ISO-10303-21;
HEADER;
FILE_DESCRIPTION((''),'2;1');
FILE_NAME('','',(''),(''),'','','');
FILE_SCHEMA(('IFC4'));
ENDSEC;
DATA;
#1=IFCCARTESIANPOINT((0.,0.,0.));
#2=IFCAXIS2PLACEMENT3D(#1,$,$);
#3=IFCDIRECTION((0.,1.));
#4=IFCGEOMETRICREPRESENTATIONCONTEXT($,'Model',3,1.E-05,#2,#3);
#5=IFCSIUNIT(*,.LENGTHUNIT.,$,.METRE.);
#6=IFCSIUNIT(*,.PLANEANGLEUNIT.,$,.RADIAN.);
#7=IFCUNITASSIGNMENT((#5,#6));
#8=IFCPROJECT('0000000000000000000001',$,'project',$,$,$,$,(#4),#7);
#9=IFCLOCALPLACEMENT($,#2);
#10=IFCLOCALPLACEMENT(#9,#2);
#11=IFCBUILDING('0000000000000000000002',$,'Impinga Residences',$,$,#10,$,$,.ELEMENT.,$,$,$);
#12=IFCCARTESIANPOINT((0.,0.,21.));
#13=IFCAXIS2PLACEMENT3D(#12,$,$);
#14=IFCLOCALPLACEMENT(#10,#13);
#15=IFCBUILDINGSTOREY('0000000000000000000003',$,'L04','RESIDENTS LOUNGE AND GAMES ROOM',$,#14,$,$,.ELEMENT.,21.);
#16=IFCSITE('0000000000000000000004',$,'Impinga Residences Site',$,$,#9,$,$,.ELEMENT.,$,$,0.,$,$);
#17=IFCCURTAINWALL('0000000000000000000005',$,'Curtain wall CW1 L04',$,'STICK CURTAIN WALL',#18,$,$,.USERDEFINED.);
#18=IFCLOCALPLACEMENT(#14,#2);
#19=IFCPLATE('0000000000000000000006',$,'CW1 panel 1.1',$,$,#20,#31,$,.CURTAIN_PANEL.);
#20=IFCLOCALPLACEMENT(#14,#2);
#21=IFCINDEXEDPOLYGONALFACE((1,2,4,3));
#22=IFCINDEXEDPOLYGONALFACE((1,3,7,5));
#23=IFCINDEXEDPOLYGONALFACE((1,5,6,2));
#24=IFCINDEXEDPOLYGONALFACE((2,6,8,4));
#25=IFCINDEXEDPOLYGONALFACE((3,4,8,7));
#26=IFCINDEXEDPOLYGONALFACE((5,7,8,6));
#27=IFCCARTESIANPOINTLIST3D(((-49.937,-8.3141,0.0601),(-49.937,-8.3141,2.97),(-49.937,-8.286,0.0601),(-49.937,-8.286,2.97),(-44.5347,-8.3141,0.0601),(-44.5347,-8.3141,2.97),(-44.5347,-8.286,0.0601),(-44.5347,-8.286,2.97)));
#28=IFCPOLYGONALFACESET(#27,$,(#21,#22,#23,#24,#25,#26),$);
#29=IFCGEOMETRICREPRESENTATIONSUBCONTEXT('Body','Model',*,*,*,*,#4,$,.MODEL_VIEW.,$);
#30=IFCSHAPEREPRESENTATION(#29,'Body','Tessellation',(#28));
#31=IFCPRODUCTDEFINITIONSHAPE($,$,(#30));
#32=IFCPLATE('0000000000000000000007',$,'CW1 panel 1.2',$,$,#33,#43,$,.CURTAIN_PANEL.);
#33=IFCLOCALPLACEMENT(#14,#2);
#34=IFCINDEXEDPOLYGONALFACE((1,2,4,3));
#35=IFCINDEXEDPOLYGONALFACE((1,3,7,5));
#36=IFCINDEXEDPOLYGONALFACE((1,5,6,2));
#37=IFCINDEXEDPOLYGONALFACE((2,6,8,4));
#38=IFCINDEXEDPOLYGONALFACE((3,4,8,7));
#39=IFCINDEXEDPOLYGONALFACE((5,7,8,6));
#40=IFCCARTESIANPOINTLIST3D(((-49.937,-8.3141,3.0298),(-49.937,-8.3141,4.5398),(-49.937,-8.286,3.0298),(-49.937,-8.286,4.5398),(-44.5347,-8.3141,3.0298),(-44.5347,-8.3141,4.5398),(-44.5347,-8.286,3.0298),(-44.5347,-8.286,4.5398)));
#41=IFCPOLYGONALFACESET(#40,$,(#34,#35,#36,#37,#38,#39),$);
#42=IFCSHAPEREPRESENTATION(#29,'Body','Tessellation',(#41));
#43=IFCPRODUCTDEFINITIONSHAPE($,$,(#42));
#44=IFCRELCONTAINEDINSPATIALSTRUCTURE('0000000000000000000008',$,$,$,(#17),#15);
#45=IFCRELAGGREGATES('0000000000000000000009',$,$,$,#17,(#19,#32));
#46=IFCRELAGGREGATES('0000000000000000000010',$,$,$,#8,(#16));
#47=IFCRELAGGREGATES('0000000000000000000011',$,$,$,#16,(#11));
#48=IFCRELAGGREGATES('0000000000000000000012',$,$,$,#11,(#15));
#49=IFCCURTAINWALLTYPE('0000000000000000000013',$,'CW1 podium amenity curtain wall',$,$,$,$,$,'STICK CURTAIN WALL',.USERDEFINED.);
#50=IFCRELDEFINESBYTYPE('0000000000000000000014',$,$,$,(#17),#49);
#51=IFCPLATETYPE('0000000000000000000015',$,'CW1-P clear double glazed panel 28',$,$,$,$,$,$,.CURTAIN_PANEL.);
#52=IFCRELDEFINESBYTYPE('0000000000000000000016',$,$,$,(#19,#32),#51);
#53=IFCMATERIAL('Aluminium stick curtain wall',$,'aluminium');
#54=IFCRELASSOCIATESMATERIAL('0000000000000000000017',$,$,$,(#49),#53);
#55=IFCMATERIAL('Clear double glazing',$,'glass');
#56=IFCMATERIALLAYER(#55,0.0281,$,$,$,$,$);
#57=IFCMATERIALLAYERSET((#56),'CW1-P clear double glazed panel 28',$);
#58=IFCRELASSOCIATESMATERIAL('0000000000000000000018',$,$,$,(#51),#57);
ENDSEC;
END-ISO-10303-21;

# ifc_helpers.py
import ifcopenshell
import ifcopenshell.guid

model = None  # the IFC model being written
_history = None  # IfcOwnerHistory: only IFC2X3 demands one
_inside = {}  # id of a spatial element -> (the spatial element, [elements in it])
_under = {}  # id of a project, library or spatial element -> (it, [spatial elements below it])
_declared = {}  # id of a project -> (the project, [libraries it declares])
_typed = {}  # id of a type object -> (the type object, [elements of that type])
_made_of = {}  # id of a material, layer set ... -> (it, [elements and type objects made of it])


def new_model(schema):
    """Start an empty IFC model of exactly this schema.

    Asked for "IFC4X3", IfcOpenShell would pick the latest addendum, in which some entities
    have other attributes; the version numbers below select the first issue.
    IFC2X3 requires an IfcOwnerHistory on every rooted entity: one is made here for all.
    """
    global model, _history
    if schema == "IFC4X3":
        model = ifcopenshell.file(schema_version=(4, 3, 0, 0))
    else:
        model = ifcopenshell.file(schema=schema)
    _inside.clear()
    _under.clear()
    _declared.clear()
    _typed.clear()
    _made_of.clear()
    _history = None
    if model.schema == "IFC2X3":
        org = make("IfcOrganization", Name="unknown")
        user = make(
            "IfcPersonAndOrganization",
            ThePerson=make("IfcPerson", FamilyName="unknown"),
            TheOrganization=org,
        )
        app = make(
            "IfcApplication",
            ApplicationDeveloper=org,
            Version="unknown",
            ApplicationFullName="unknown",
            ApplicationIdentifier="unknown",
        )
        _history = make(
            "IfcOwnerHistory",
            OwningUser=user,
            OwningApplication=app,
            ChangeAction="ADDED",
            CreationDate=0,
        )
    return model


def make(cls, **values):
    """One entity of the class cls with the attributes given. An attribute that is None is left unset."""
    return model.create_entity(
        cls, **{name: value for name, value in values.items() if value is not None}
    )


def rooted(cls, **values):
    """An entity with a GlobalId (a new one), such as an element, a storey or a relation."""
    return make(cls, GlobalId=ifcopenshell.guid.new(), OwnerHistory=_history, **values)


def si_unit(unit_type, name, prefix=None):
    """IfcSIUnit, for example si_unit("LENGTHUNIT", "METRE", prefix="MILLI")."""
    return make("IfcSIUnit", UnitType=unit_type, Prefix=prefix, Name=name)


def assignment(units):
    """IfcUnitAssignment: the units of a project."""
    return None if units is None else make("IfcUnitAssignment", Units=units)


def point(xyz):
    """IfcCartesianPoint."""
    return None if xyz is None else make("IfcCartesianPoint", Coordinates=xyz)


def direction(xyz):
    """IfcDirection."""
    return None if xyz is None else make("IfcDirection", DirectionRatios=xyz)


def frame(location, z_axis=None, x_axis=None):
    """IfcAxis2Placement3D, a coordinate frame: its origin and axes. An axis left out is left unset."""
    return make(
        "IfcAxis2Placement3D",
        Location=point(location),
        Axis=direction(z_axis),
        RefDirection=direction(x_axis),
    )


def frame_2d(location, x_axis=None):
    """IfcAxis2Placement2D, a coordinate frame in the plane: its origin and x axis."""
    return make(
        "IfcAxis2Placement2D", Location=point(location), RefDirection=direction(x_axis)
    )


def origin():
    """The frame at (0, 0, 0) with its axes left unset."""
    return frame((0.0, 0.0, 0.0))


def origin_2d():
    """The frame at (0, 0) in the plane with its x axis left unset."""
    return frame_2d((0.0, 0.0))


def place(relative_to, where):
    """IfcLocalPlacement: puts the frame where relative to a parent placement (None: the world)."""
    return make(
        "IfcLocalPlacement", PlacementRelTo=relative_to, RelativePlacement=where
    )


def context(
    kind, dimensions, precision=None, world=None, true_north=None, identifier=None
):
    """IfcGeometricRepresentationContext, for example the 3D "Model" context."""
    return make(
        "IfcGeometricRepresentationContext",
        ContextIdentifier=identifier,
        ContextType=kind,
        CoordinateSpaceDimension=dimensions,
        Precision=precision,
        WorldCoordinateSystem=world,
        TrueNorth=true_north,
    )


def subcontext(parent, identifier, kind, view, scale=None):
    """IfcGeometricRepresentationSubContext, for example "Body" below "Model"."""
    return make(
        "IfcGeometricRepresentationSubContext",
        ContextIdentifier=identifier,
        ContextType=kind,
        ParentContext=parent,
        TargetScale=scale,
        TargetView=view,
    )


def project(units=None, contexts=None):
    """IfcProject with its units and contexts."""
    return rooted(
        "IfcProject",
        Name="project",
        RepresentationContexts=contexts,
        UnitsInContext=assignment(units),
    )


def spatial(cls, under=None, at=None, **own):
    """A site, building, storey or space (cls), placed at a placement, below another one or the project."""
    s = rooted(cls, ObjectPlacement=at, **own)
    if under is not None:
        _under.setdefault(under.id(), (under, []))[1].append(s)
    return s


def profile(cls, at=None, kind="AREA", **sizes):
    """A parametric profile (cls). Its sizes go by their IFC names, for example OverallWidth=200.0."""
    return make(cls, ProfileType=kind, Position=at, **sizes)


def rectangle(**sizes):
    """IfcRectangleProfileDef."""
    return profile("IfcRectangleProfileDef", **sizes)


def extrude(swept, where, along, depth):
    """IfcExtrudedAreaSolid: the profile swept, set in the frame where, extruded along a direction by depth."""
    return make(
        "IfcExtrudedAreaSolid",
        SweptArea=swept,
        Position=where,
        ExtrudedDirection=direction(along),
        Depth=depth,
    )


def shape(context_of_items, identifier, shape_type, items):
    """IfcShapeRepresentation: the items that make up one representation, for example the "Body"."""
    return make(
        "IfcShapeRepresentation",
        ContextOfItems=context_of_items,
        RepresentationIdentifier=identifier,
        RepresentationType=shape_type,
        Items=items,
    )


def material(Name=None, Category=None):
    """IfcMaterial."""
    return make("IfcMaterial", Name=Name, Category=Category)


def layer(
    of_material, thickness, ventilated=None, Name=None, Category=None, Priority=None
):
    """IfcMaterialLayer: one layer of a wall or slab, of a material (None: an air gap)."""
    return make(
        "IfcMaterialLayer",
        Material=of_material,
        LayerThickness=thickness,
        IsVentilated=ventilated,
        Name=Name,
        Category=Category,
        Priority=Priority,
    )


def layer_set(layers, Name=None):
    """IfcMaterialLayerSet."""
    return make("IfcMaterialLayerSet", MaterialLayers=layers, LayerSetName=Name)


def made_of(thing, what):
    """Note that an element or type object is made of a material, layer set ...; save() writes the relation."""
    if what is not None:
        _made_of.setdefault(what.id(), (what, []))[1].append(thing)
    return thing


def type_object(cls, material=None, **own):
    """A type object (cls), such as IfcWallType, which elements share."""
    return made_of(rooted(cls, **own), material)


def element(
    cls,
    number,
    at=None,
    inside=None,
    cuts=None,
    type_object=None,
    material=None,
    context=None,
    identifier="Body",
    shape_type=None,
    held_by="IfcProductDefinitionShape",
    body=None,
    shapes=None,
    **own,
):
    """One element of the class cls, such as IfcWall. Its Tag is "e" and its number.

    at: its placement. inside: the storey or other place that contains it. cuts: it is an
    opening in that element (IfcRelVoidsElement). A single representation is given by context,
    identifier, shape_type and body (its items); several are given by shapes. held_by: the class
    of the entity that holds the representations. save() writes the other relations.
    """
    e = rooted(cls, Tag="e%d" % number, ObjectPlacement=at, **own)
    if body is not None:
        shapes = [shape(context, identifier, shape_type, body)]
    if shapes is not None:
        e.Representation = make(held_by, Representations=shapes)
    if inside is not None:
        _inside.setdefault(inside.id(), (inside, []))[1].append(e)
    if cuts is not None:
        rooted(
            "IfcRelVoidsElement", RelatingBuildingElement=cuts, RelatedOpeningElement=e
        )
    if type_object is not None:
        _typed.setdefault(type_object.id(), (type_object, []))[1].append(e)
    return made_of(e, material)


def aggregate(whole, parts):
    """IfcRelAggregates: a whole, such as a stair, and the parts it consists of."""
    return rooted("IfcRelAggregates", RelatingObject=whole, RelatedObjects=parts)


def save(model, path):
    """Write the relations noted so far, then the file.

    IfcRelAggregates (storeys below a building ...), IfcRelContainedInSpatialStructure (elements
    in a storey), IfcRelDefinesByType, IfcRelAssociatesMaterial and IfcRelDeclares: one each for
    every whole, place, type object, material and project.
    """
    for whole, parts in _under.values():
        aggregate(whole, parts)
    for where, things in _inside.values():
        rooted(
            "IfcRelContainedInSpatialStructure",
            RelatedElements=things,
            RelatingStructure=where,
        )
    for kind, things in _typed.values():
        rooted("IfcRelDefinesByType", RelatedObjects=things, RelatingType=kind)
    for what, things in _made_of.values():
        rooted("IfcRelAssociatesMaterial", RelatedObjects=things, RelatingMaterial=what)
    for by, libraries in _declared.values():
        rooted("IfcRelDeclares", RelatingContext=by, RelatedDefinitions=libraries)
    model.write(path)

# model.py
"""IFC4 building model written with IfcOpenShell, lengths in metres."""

from ifc_helpers import new_model, si_unit, direction, frame, origin, origin_2d, place, context, subcontext, project, spatial, rectangle, extrude, material, layer, layer_set, type_object, element, aggregate, save


model = new_model("IFC4")

# Units and contexts
model_context = context("Model", 3, precision=1e-05, world=origin(), true_north=direction((0.0, 1.0)))
body_context = subcontext(model_context, "Body", "Model", "MODEL_VIEW")
ifc_project = project(units=[si_unit("LENGTHUNIT", "METRE"), si_unit("PLANEANGLEUNIT", "RADIAN")], contexts=[model_context])

# Site, building, storey
site_placement = place(None, origin())
site = spatial("IfcSite", under=ifc_project, at=site_placement, Name="Impinga Residences Site", CompositionType="ELEMENT", RefElevation=0.0)
building_placement = place(site_placement, origin())
building = spatial("IfcBuilding", under=site, at=building_placement, Name="Impinga Residences", CompositionType="ELEMENT")
storey_placement = place(building_placement, frame((0.0, 0.0, 21.0)))
storey = spatial("IfcBuildingStorey", under=building, at=storey_placement, Name="L04", Description="RESIDENTS LOUNGE AND GAMES ROOM", CompositionType="ELEMENT", Elevation=21.0)

# Curtain wall
ifc_material_1 = material(Name="Aluminium stick curtain wall", Category="aluminium")
curtain_wall_type = type_object("IfcCurtainWallType", Name="CW1 podium amenity curtain wall", ElementType="STICK CURTAIN WALL", PredefinedType="USERDEFINED", material=ifc_material_1)
curtain_wall_1_placement = place(storey_placement, origin())
curtain_wall_1 = element("IfcCurtainWall", 1, at=curtain_wall_1_placement, inside=storey, type_object=curtain_wall_type, Name="Curtain wall CW1 L04", ObjectType="STICK CURTAIN WALL", PredefinedType="USERDEFINED")

# Plates
ifc_material_2 = material(Name="Clear double glazing", Category="glass")
ifc_layer_1 = layer(ifc_material_2, 0.0281)
ifc_layer_set_1 = layer_set([ifc_layer_1], Name="CW1-P clear double glazed panel 28")
plate_type = type_object("IfcPlateType", Name="CW1-P clear double glazed panel 28", PredefinedType="CURTAIN_PANEL", material=ifc_layer_set_1)
plate_1_placement = place(storey_placement, frame((-47.2358, -8.3, 0.0601), z_axis=(0.0, 0.0, 1.0), x_axis=(-1.0, 0.0, 0.0)))
plate_1 = element("IfcPlate", 2, at=plate_1_placement, type_object=plate_type, Name="CW1 panel 1.1", PredefinedType="CURTAIN_PANEL", context=body_context, shape_type="SweptSolid", body=[
    extrude(rectangle(XDim=5.4023, YDim=0.0281, at=origin_2d()), origin(), (0.0, 0.0, 1.0), 2.9099),
])
plate_2_placement = place(storey_placement, frame((-47.2358, -8.3, 3.0298), z_axis=(0.0, 0.0, 1.0), x_axis=(-1.0, 0.0, 0.0)))
plate_2 = element("IfcPlate", 3, at=plate_2_placement, type_object=plate_type, Name="CW1 panel 1.2", PredefinedType="CURTAIN_PANEL", context=body_context, shape_type="SweptSolid", body=[
    extrude(rectangle(XDim=5.4023, YDim=0.0281, at=origin_2d()), origin(), (0.0, 0.0, 1.0), 1.51),
])
aggregate(curtain_wall_1, [plate_1, plate_2])

save(model, "model.ifc")
